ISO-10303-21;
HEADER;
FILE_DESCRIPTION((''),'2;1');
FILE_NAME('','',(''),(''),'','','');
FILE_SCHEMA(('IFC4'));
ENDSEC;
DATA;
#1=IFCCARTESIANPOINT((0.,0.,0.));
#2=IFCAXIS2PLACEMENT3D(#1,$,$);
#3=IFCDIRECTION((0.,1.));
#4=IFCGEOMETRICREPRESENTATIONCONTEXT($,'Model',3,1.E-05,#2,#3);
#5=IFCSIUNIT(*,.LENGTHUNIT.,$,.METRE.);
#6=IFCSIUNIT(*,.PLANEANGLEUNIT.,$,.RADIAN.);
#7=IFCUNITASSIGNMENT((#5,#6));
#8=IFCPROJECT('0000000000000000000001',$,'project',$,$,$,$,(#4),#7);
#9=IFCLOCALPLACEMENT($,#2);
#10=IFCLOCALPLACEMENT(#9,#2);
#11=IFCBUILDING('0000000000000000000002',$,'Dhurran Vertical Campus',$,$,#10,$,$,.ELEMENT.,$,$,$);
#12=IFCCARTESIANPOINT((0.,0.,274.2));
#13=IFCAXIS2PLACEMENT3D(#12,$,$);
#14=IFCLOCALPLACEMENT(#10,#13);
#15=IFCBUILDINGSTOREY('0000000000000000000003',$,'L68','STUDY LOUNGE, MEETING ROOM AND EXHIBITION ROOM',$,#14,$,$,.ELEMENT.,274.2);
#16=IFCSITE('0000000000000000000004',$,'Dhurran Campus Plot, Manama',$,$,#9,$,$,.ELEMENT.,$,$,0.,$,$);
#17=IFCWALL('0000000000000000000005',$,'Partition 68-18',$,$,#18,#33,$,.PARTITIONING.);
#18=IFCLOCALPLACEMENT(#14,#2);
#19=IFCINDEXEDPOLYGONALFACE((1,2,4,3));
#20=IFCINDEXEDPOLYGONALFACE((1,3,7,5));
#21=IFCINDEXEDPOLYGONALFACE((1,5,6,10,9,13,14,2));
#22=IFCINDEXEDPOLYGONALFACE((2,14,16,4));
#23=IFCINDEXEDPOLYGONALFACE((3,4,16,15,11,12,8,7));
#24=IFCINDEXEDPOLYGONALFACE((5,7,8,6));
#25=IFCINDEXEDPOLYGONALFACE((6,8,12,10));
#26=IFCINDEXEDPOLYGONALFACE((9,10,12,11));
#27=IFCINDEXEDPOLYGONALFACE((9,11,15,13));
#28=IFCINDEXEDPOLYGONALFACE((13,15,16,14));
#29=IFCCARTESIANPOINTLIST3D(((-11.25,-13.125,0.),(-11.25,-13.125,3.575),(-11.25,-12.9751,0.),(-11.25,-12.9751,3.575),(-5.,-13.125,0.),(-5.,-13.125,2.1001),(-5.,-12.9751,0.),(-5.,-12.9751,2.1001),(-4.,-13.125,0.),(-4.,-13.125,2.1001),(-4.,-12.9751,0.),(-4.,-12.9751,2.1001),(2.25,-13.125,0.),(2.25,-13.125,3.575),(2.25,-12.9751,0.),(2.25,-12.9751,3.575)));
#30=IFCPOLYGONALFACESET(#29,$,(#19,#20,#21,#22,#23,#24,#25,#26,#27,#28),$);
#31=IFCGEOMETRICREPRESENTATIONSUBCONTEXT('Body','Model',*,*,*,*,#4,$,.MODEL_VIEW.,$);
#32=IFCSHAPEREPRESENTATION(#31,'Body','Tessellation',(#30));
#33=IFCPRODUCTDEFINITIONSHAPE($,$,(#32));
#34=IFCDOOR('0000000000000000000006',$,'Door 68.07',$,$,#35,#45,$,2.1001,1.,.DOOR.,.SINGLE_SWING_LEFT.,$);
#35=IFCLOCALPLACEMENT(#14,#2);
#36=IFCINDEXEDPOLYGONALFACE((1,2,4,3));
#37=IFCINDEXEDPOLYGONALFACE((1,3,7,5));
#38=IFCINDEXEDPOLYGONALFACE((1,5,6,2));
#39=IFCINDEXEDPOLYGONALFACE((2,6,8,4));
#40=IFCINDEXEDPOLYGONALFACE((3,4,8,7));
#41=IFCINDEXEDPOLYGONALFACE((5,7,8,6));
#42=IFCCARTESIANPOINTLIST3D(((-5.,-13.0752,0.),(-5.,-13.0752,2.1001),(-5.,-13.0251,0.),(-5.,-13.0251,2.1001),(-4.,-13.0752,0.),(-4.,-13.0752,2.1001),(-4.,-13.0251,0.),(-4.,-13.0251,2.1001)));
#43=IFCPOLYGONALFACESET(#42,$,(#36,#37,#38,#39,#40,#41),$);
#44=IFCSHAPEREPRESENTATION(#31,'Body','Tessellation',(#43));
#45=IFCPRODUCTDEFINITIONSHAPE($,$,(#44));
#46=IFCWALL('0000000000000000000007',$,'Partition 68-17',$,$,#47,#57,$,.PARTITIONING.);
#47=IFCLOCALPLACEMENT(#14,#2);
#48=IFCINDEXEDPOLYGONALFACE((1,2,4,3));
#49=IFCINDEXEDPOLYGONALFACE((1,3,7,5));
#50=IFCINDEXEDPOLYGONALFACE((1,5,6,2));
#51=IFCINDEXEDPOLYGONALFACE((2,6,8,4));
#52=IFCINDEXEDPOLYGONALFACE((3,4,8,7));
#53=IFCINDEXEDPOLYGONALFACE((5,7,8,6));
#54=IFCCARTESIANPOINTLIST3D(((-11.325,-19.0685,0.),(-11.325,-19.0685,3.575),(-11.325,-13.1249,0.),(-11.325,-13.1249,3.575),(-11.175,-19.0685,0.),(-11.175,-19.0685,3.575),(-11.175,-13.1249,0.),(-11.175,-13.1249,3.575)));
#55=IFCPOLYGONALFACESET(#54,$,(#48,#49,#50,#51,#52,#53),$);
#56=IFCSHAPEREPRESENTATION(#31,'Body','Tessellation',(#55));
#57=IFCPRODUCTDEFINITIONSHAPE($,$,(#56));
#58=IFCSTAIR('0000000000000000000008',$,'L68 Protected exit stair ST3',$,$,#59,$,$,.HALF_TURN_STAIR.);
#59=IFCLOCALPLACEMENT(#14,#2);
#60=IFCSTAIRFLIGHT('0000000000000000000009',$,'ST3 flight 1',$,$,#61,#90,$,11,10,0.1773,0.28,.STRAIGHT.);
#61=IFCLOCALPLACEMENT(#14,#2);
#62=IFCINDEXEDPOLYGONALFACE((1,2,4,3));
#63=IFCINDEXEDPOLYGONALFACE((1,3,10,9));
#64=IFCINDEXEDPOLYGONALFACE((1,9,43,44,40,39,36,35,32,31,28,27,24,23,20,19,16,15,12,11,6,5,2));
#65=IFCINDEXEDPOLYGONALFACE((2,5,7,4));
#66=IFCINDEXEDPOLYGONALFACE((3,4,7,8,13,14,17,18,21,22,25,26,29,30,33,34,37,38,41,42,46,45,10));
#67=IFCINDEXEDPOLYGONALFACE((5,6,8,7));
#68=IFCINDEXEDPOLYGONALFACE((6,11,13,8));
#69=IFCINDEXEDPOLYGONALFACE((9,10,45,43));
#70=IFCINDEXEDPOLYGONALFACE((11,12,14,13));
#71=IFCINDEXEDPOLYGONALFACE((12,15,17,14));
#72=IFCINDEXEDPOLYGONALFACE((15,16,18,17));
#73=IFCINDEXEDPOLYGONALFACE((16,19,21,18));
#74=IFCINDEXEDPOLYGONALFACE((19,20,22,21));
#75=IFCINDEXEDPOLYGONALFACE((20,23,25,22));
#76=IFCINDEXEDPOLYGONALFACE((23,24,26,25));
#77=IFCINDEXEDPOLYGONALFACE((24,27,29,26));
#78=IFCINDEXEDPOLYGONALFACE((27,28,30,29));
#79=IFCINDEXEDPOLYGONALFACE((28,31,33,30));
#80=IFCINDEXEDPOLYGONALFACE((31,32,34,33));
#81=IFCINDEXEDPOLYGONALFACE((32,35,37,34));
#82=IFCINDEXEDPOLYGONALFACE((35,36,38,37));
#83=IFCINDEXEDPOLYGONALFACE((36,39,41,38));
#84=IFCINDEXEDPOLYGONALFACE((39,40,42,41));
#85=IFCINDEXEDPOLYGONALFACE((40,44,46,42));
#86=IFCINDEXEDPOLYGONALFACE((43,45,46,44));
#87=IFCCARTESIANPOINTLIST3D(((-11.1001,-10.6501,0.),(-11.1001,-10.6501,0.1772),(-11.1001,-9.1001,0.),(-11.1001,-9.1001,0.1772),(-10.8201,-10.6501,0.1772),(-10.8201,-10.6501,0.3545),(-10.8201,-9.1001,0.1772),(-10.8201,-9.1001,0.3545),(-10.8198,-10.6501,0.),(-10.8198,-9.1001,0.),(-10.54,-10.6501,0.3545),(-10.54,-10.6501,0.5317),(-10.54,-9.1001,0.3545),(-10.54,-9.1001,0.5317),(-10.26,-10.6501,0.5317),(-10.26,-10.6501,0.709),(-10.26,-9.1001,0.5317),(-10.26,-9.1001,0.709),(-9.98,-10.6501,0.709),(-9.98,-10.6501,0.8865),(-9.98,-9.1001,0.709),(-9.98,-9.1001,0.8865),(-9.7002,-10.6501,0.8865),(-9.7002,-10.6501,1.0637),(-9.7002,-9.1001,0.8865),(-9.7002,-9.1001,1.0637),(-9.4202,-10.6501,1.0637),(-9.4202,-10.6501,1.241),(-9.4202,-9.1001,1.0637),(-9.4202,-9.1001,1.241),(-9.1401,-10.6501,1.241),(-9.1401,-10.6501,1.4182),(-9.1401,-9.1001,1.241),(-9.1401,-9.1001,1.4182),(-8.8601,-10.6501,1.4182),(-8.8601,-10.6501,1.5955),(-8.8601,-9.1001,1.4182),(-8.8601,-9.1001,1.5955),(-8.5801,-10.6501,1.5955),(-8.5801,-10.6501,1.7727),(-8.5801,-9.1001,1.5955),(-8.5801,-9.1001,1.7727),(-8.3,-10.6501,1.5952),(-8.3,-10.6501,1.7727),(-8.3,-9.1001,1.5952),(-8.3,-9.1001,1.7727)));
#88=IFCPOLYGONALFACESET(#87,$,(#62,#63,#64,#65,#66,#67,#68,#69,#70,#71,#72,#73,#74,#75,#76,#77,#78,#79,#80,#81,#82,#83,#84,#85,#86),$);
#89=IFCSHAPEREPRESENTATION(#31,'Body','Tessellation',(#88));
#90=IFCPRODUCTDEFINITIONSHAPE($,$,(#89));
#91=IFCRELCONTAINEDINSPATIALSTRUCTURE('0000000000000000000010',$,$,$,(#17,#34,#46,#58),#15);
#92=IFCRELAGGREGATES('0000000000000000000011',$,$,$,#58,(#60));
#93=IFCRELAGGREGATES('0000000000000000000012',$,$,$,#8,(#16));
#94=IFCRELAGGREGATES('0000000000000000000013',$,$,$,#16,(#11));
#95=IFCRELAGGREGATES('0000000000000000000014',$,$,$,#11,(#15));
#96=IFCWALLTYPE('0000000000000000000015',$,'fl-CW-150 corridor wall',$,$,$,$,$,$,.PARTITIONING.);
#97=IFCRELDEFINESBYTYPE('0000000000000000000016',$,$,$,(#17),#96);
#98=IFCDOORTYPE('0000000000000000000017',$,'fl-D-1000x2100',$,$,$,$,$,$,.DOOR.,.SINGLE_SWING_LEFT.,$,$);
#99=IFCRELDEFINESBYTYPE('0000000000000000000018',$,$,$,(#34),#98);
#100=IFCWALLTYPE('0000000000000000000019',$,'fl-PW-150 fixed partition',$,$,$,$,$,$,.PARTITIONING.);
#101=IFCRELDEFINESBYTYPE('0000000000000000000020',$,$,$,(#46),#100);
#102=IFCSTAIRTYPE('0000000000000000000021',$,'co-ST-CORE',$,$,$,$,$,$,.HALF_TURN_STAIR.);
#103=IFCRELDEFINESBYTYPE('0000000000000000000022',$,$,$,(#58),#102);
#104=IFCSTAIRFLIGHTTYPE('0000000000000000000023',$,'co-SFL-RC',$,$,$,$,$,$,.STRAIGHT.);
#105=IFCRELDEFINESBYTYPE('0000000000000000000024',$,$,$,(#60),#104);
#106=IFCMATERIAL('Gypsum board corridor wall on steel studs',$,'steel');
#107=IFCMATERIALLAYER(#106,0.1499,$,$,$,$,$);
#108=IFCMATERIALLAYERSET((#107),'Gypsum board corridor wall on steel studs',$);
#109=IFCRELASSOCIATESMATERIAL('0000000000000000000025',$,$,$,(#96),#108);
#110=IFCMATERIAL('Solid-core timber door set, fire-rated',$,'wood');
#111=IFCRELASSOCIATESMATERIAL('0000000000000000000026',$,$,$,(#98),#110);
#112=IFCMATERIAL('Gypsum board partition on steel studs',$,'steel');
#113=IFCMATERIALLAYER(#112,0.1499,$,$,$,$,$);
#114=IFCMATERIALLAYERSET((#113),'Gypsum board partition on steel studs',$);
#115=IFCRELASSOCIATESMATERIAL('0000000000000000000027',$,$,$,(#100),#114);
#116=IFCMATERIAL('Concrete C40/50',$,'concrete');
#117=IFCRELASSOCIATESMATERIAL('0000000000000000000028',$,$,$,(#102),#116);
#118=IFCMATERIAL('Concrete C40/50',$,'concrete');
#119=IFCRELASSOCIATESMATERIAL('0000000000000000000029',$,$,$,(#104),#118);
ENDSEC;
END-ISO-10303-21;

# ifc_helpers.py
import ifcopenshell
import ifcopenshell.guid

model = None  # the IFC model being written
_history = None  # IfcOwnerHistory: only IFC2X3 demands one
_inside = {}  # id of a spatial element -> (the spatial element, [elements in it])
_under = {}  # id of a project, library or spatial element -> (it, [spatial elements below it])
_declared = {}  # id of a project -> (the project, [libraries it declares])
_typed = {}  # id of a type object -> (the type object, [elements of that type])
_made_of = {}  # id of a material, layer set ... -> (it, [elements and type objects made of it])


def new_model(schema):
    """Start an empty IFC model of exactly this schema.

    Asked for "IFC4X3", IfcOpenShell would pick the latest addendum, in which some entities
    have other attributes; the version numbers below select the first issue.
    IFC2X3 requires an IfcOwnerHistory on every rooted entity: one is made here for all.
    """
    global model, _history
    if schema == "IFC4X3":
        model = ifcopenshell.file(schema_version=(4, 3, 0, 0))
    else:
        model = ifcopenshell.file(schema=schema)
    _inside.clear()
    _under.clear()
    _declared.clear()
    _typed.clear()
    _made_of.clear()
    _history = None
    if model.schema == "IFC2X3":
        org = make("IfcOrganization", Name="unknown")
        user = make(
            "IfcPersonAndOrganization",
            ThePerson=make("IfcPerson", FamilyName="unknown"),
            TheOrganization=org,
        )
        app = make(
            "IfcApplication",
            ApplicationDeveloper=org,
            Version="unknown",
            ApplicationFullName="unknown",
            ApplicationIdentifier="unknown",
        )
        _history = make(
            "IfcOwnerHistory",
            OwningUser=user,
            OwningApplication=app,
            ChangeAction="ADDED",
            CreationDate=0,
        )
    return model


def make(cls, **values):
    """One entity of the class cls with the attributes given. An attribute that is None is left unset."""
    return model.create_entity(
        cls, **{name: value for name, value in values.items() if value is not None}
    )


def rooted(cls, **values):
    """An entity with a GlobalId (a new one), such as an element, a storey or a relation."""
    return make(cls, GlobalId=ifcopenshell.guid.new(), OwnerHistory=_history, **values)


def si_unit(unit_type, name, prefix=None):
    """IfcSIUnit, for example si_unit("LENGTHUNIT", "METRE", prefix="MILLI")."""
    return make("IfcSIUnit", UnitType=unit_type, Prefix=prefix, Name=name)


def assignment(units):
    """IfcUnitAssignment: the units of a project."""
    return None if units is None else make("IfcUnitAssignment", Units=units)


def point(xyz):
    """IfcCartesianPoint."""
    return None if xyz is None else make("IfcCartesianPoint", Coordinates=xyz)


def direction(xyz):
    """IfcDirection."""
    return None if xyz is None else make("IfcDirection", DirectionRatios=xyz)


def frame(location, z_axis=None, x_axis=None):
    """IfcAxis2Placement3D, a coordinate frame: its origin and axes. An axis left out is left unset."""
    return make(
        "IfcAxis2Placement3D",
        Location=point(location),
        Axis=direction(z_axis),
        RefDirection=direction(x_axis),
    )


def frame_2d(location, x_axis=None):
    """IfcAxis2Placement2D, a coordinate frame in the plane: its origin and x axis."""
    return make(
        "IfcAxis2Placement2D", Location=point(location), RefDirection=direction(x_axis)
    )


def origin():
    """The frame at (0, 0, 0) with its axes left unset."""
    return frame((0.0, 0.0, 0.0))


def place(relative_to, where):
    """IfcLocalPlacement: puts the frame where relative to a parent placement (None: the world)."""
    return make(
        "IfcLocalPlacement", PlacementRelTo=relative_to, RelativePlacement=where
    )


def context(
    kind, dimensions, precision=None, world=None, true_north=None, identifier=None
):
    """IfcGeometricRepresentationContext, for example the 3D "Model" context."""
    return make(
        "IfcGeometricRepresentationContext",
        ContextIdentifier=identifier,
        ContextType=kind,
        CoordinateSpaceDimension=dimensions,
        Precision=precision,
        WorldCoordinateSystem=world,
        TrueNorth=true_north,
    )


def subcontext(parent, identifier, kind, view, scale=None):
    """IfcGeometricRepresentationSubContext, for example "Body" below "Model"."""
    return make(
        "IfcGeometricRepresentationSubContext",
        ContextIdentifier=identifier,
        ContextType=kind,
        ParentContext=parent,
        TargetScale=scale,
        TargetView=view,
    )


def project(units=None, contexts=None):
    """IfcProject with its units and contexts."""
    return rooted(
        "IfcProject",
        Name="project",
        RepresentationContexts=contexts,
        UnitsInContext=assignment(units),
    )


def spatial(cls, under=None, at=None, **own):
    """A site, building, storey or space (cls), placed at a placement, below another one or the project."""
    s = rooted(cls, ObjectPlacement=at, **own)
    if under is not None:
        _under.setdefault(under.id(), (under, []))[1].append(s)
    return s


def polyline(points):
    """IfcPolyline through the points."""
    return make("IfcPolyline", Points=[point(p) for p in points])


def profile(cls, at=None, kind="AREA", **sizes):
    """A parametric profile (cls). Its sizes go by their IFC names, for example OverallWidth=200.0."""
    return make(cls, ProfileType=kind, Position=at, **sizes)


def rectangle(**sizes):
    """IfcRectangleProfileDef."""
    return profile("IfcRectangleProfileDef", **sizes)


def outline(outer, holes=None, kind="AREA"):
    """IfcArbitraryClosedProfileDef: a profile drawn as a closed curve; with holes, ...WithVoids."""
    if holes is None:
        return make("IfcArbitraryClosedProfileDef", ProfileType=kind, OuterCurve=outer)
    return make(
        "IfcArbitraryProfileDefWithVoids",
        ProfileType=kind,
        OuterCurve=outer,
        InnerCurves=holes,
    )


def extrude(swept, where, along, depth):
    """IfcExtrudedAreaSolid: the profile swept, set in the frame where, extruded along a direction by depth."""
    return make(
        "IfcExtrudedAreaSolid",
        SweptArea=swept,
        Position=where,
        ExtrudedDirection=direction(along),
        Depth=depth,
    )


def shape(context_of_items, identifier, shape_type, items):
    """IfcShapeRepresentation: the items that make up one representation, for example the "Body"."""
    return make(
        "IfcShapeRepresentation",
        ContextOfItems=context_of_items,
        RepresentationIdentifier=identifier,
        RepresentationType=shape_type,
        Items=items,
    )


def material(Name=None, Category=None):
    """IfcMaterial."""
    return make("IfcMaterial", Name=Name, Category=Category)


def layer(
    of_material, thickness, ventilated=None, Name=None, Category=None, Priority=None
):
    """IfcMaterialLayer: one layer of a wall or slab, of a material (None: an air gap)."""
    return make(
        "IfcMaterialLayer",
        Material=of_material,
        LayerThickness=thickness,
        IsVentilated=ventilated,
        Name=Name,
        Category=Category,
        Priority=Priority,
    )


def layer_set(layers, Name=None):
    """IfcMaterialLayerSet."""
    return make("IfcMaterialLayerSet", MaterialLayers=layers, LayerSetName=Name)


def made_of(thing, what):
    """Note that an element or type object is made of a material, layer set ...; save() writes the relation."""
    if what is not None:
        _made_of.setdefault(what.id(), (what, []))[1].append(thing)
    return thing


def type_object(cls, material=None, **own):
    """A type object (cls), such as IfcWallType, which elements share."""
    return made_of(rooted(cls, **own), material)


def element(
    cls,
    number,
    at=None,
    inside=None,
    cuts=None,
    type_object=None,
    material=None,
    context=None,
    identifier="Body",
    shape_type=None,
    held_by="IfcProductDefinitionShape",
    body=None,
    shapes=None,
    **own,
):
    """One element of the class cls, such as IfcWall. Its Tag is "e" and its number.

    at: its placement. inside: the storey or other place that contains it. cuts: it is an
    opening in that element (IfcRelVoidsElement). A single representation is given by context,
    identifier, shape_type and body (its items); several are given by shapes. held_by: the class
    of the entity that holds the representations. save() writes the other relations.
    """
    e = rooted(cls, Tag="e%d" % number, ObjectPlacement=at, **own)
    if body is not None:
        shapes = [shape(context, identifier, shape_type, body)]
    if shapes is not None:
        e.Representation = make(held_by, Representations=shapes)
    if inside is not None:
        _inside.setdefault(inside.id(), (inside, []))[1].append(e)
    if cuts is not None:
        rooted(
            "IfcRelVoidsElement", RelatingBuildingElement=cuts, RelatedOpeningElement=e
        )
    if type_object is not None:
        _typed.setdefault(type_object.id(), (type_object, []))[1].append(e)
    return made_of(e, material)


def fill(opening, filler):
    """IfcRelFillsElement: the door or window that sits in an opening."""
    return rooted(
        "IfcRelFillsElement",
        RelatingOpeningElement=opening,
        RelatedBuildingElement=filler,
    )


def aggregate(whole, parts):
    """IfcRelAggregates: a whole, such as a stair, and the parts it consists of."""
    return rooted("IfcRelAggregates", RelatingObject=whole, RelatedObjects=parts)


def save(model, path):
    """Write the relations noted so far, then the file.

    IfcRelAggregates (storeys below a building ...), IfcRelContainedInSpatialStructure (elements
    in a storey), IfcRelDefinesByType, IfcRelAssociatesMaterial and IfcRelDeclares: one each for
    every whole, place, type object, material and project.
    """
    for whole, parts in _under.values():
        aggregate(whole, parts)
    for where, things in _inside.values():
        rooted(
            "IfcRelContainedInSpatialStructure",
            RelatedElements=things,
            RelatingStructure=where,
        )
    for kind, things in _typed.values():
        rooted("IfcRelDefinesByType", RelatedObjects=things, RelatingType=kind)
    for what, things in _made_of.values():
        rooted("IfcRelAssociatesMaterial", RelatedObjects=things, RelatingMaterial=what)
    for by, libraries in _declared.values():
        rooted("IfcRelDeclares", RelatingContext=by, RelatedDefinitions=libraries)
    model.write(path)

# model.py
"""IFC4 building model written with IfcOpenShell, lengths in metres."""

from ifc_helpers import new_model, si_unit, direction, frame, frame_2d, origin, place, context, subcontext, project, spatial, polyline, rectangle, outline, extrude, material, layer, layer_set, type_object, element, fill, aggregate, save


model = new_model("IFC4")

# Units and contexts
model_context = context("Model", 3, precision=1e-05, world=origin(), true_north=direction((0.0, 1.0)))
body_context = subcontext(model_context, "Body", "Model", "MODEL_VIEW")
ifc_project = project(units=[si_unit("LENGTHUNIT", "METRE"), si_unit("PLANEANGLEUNIT", "RADIAN")], contexts=[model_context])

# Site, building, storey
site_placement = place(None, origin())
site = spatial("IfcSite", under=ifc_project, at=site_placement, Name="Dhurran Campus Plot, Manama", CompositionType="ELEMENT", RefElevation=0.0)
building_placement = place(site_placement, origin())
building = spatial("IfcBuilding", under=site, at=building_placement, Name="Dhurran Vertical Campus", CompositionType="ELEMENT")
storey_placement = place(building_placement, frame((0.0, 0.0, 274.2)))
storey = spatial("IfcBuildingStorey", under=building, at=storey_placement, Name="L68", Description="STUDY LOUNGE, MEETING ROOM AND EXHIBITION ROOM", CompositionType="ELEMENT", Elevation=274.2)

# Wall, opening, door
ifc_material_1 = material(Name="Gypsum board corridor wall on steel studs", Category="steel")
ifc_layer_1 = layer(ifc_material_1, 0.1499)
ifc_layer_set_1 = layer_set([ifc_layer_1], Name="Gypsum board corridor wall on steel studs")
wall_type_1 = type_object("IfcWallType", Name="fl-CW-150 corridor wall", PredefinedType="PARTITIONING", material=ifc_layer_set_1)
wall_1_placement = place(storey_placement, frame((-11.25, -13.05, 0.0), z_axis=(0.0, 0.0, 1.0), x_axis=(1.0, 0.0, 0.0)))
wall_1 = element("IfcWall", 1, at=wall_1_placement, inside=storey, type_object=wall_type_1, Name="Partition 68-18", PredefinedType="PARTITIONING", context=body_context, shape_type="SweptSolid", body=[
    extrude(rectangle(XDim=13.5, YDim=0.1499, at=frame_2d((6.75, 0.0))), origin(), (0.0, 0.0, 1.0), 3.575),
])
opening_1_placement = place(wall_1_placement, frame((6.25, 0.0, 0.0)))
opening_1 = element("IfcOpeningElement", 2, at=opening_1_placement, cuts=wall_1, PredefinedType="OPENING", context=body_context, shape_type="SweptSolid", body=[
    extrude(rectangle(XDim=1.0, YDim=2.1001, at=frame_2d((0.5, 1.05))), frame((0.0, 0.085, 0.0), z_axis=(0.0, -1.0, 0.0), x_axis=(1.0, 0.0, 0.0)), (0.0, 0.0, 1.0), 0.1699),
])
ifc_material_2 = material(Name="Solid-core timber door set, fire-rated", Category="wood")
door_type_1 = type_object("IfcDoorType", Name="fl-D-1000x2100", OperationType="SINGLE_SWING_LEFT", PredefinedType="DOOR", material=ifc_material_2)
door_1_placement = place(opening_1_placement, origin())
door_1 = element("IfcDoor", 3, at=door_1_placement, inside=storey, type_object=door_type_1, Name="Door 68.07", OperationType="SINGLE_SWING_LEFT", OverallHeight=2.1001, OverallWidth=1.0, PredefinedType="DOOR", context=body_context, shape_type="SweptSolid", body=[
    extrude(rectangle(XDim=1.0, YDim=2.1001, at=frame_2d((0.5, 1.05))), frame((0.0, 0.0249, 0.0), z_axis=(0.0, -1.0, 0.0), x_axis=(1.0, 0.0, 0.0)), (0.0, 0.0, 1.0), 0.05),
])
fill(opening_1, door_1)

# Wall
ifc_material_3 = material(Name="Gypsum board partition on steel studs", Category="steel")
ifc_layer_2 = layer(ifc_material_3, 0.1499)
ifc_layer_set_2 = layer_set([ifc_layer_2], Name="Gypsum board partition on steel studs")
wall_type_2 = type_object("IfcWallType", Name="fl-PW-150 fixed partition", PredefinedType="PARTITIONING", material=ifc_layer_set_2)
wall_2_placement = place(storey_placement, frame((-11.25, -13.125, 0.0), z_axis=(0.0, 0.0, 1.0), x_axis=(0.0, -1.0, 0.0)))
element("IfcWall", 4, at=wall_2_placement, inside=storey, type_object=wall_type_2, Name="Partition 68-17", PredefinedType="PARTITIONING", context=body_context, shape_type="SweptSolid", body=[
    extrude(rectangle(XDim=5.9436, YDim=0.1499, at=frame_2d((2.9717, 0.0))), origin(), (0.0, 0.0, 1.0), 3.575),
])

# Stair, stair flight
ifc_material_4 = material(Name="Concrete C40/50", Category="concrete")
stair_type = type_object("IfcStairType", Name="co-ST-CORE", PredefinedType="HALF_TURN_STAIR", material=ifc_material_4)
stair_placement = place(storey_placement, origin())
stair = element("IfcStair", 5, at=stair_placement, inside=storey, type_object=stair_type, Name="L68 Protected exit stair ST3", PredefinedType="HALF_TURN_STAIR")
ifc_material_5 = material(Name="Concrete C40/50", Category="concrete")
stair_flight_type = type_object("IfcStairFlightType", Name="co-SFL-RC", PredefinedType="STRAIGHT", material=ifc_material_5)
stair_flight_placement = place(storey_placement, frame((-11.1001, -9.875, 0.0), z_axis=(0.0, 0.0, 1.0), x_axis=(1.0, 0.0, 0.0)))
stair_flight = element("IfcStairFlight", 6, at=stair_flight_placement, type_object=stair_flight_type, Name="ST3 flight 1", NumberOfRisers=11, NumberOfTreads=10, PredefinedType="STRAIGHT", RiserHeight=0.1773, TreadLength=0.28, context=body_context, shape_type="SweptSolid", body=[
    extrude(outline(polyline([(0.0, 0.0), (0.0, 0.1772), (0.28, 0.1772), (0.28, 0.3545), (0.5601, 0.3545), (0.5601, 0.5317), (0.8401, 0.5317), (0.8401, 0.709), (1.1201, 0.709), (1.1201, 0.8865), (1.3999, 0.8865), (1.3999, 1.0637), (1.6799, 1.0637), (1.6799, 1.241), (1.96, 1.241), (1.96, 1.4182), (2.24, 1.4182), (2.24, 1.5955), (2.52, 1.5955), (2.52, 1.7727), (2.8, 1.7727), (2.8, 1.95), (2.8, 1.5952), (0.2803, 0.0), (0.0, 0.0)])), frame((0.0, 0.7749, 0.0), z_axis=(0.0, -1.0, 0.0), x_axis=(1.0, 0.0, 0.0)), (0.0, 0.0, 1.0), 1.55),
])
aggregate(stair, [stair_flight])

save(model, "model.ifc")
